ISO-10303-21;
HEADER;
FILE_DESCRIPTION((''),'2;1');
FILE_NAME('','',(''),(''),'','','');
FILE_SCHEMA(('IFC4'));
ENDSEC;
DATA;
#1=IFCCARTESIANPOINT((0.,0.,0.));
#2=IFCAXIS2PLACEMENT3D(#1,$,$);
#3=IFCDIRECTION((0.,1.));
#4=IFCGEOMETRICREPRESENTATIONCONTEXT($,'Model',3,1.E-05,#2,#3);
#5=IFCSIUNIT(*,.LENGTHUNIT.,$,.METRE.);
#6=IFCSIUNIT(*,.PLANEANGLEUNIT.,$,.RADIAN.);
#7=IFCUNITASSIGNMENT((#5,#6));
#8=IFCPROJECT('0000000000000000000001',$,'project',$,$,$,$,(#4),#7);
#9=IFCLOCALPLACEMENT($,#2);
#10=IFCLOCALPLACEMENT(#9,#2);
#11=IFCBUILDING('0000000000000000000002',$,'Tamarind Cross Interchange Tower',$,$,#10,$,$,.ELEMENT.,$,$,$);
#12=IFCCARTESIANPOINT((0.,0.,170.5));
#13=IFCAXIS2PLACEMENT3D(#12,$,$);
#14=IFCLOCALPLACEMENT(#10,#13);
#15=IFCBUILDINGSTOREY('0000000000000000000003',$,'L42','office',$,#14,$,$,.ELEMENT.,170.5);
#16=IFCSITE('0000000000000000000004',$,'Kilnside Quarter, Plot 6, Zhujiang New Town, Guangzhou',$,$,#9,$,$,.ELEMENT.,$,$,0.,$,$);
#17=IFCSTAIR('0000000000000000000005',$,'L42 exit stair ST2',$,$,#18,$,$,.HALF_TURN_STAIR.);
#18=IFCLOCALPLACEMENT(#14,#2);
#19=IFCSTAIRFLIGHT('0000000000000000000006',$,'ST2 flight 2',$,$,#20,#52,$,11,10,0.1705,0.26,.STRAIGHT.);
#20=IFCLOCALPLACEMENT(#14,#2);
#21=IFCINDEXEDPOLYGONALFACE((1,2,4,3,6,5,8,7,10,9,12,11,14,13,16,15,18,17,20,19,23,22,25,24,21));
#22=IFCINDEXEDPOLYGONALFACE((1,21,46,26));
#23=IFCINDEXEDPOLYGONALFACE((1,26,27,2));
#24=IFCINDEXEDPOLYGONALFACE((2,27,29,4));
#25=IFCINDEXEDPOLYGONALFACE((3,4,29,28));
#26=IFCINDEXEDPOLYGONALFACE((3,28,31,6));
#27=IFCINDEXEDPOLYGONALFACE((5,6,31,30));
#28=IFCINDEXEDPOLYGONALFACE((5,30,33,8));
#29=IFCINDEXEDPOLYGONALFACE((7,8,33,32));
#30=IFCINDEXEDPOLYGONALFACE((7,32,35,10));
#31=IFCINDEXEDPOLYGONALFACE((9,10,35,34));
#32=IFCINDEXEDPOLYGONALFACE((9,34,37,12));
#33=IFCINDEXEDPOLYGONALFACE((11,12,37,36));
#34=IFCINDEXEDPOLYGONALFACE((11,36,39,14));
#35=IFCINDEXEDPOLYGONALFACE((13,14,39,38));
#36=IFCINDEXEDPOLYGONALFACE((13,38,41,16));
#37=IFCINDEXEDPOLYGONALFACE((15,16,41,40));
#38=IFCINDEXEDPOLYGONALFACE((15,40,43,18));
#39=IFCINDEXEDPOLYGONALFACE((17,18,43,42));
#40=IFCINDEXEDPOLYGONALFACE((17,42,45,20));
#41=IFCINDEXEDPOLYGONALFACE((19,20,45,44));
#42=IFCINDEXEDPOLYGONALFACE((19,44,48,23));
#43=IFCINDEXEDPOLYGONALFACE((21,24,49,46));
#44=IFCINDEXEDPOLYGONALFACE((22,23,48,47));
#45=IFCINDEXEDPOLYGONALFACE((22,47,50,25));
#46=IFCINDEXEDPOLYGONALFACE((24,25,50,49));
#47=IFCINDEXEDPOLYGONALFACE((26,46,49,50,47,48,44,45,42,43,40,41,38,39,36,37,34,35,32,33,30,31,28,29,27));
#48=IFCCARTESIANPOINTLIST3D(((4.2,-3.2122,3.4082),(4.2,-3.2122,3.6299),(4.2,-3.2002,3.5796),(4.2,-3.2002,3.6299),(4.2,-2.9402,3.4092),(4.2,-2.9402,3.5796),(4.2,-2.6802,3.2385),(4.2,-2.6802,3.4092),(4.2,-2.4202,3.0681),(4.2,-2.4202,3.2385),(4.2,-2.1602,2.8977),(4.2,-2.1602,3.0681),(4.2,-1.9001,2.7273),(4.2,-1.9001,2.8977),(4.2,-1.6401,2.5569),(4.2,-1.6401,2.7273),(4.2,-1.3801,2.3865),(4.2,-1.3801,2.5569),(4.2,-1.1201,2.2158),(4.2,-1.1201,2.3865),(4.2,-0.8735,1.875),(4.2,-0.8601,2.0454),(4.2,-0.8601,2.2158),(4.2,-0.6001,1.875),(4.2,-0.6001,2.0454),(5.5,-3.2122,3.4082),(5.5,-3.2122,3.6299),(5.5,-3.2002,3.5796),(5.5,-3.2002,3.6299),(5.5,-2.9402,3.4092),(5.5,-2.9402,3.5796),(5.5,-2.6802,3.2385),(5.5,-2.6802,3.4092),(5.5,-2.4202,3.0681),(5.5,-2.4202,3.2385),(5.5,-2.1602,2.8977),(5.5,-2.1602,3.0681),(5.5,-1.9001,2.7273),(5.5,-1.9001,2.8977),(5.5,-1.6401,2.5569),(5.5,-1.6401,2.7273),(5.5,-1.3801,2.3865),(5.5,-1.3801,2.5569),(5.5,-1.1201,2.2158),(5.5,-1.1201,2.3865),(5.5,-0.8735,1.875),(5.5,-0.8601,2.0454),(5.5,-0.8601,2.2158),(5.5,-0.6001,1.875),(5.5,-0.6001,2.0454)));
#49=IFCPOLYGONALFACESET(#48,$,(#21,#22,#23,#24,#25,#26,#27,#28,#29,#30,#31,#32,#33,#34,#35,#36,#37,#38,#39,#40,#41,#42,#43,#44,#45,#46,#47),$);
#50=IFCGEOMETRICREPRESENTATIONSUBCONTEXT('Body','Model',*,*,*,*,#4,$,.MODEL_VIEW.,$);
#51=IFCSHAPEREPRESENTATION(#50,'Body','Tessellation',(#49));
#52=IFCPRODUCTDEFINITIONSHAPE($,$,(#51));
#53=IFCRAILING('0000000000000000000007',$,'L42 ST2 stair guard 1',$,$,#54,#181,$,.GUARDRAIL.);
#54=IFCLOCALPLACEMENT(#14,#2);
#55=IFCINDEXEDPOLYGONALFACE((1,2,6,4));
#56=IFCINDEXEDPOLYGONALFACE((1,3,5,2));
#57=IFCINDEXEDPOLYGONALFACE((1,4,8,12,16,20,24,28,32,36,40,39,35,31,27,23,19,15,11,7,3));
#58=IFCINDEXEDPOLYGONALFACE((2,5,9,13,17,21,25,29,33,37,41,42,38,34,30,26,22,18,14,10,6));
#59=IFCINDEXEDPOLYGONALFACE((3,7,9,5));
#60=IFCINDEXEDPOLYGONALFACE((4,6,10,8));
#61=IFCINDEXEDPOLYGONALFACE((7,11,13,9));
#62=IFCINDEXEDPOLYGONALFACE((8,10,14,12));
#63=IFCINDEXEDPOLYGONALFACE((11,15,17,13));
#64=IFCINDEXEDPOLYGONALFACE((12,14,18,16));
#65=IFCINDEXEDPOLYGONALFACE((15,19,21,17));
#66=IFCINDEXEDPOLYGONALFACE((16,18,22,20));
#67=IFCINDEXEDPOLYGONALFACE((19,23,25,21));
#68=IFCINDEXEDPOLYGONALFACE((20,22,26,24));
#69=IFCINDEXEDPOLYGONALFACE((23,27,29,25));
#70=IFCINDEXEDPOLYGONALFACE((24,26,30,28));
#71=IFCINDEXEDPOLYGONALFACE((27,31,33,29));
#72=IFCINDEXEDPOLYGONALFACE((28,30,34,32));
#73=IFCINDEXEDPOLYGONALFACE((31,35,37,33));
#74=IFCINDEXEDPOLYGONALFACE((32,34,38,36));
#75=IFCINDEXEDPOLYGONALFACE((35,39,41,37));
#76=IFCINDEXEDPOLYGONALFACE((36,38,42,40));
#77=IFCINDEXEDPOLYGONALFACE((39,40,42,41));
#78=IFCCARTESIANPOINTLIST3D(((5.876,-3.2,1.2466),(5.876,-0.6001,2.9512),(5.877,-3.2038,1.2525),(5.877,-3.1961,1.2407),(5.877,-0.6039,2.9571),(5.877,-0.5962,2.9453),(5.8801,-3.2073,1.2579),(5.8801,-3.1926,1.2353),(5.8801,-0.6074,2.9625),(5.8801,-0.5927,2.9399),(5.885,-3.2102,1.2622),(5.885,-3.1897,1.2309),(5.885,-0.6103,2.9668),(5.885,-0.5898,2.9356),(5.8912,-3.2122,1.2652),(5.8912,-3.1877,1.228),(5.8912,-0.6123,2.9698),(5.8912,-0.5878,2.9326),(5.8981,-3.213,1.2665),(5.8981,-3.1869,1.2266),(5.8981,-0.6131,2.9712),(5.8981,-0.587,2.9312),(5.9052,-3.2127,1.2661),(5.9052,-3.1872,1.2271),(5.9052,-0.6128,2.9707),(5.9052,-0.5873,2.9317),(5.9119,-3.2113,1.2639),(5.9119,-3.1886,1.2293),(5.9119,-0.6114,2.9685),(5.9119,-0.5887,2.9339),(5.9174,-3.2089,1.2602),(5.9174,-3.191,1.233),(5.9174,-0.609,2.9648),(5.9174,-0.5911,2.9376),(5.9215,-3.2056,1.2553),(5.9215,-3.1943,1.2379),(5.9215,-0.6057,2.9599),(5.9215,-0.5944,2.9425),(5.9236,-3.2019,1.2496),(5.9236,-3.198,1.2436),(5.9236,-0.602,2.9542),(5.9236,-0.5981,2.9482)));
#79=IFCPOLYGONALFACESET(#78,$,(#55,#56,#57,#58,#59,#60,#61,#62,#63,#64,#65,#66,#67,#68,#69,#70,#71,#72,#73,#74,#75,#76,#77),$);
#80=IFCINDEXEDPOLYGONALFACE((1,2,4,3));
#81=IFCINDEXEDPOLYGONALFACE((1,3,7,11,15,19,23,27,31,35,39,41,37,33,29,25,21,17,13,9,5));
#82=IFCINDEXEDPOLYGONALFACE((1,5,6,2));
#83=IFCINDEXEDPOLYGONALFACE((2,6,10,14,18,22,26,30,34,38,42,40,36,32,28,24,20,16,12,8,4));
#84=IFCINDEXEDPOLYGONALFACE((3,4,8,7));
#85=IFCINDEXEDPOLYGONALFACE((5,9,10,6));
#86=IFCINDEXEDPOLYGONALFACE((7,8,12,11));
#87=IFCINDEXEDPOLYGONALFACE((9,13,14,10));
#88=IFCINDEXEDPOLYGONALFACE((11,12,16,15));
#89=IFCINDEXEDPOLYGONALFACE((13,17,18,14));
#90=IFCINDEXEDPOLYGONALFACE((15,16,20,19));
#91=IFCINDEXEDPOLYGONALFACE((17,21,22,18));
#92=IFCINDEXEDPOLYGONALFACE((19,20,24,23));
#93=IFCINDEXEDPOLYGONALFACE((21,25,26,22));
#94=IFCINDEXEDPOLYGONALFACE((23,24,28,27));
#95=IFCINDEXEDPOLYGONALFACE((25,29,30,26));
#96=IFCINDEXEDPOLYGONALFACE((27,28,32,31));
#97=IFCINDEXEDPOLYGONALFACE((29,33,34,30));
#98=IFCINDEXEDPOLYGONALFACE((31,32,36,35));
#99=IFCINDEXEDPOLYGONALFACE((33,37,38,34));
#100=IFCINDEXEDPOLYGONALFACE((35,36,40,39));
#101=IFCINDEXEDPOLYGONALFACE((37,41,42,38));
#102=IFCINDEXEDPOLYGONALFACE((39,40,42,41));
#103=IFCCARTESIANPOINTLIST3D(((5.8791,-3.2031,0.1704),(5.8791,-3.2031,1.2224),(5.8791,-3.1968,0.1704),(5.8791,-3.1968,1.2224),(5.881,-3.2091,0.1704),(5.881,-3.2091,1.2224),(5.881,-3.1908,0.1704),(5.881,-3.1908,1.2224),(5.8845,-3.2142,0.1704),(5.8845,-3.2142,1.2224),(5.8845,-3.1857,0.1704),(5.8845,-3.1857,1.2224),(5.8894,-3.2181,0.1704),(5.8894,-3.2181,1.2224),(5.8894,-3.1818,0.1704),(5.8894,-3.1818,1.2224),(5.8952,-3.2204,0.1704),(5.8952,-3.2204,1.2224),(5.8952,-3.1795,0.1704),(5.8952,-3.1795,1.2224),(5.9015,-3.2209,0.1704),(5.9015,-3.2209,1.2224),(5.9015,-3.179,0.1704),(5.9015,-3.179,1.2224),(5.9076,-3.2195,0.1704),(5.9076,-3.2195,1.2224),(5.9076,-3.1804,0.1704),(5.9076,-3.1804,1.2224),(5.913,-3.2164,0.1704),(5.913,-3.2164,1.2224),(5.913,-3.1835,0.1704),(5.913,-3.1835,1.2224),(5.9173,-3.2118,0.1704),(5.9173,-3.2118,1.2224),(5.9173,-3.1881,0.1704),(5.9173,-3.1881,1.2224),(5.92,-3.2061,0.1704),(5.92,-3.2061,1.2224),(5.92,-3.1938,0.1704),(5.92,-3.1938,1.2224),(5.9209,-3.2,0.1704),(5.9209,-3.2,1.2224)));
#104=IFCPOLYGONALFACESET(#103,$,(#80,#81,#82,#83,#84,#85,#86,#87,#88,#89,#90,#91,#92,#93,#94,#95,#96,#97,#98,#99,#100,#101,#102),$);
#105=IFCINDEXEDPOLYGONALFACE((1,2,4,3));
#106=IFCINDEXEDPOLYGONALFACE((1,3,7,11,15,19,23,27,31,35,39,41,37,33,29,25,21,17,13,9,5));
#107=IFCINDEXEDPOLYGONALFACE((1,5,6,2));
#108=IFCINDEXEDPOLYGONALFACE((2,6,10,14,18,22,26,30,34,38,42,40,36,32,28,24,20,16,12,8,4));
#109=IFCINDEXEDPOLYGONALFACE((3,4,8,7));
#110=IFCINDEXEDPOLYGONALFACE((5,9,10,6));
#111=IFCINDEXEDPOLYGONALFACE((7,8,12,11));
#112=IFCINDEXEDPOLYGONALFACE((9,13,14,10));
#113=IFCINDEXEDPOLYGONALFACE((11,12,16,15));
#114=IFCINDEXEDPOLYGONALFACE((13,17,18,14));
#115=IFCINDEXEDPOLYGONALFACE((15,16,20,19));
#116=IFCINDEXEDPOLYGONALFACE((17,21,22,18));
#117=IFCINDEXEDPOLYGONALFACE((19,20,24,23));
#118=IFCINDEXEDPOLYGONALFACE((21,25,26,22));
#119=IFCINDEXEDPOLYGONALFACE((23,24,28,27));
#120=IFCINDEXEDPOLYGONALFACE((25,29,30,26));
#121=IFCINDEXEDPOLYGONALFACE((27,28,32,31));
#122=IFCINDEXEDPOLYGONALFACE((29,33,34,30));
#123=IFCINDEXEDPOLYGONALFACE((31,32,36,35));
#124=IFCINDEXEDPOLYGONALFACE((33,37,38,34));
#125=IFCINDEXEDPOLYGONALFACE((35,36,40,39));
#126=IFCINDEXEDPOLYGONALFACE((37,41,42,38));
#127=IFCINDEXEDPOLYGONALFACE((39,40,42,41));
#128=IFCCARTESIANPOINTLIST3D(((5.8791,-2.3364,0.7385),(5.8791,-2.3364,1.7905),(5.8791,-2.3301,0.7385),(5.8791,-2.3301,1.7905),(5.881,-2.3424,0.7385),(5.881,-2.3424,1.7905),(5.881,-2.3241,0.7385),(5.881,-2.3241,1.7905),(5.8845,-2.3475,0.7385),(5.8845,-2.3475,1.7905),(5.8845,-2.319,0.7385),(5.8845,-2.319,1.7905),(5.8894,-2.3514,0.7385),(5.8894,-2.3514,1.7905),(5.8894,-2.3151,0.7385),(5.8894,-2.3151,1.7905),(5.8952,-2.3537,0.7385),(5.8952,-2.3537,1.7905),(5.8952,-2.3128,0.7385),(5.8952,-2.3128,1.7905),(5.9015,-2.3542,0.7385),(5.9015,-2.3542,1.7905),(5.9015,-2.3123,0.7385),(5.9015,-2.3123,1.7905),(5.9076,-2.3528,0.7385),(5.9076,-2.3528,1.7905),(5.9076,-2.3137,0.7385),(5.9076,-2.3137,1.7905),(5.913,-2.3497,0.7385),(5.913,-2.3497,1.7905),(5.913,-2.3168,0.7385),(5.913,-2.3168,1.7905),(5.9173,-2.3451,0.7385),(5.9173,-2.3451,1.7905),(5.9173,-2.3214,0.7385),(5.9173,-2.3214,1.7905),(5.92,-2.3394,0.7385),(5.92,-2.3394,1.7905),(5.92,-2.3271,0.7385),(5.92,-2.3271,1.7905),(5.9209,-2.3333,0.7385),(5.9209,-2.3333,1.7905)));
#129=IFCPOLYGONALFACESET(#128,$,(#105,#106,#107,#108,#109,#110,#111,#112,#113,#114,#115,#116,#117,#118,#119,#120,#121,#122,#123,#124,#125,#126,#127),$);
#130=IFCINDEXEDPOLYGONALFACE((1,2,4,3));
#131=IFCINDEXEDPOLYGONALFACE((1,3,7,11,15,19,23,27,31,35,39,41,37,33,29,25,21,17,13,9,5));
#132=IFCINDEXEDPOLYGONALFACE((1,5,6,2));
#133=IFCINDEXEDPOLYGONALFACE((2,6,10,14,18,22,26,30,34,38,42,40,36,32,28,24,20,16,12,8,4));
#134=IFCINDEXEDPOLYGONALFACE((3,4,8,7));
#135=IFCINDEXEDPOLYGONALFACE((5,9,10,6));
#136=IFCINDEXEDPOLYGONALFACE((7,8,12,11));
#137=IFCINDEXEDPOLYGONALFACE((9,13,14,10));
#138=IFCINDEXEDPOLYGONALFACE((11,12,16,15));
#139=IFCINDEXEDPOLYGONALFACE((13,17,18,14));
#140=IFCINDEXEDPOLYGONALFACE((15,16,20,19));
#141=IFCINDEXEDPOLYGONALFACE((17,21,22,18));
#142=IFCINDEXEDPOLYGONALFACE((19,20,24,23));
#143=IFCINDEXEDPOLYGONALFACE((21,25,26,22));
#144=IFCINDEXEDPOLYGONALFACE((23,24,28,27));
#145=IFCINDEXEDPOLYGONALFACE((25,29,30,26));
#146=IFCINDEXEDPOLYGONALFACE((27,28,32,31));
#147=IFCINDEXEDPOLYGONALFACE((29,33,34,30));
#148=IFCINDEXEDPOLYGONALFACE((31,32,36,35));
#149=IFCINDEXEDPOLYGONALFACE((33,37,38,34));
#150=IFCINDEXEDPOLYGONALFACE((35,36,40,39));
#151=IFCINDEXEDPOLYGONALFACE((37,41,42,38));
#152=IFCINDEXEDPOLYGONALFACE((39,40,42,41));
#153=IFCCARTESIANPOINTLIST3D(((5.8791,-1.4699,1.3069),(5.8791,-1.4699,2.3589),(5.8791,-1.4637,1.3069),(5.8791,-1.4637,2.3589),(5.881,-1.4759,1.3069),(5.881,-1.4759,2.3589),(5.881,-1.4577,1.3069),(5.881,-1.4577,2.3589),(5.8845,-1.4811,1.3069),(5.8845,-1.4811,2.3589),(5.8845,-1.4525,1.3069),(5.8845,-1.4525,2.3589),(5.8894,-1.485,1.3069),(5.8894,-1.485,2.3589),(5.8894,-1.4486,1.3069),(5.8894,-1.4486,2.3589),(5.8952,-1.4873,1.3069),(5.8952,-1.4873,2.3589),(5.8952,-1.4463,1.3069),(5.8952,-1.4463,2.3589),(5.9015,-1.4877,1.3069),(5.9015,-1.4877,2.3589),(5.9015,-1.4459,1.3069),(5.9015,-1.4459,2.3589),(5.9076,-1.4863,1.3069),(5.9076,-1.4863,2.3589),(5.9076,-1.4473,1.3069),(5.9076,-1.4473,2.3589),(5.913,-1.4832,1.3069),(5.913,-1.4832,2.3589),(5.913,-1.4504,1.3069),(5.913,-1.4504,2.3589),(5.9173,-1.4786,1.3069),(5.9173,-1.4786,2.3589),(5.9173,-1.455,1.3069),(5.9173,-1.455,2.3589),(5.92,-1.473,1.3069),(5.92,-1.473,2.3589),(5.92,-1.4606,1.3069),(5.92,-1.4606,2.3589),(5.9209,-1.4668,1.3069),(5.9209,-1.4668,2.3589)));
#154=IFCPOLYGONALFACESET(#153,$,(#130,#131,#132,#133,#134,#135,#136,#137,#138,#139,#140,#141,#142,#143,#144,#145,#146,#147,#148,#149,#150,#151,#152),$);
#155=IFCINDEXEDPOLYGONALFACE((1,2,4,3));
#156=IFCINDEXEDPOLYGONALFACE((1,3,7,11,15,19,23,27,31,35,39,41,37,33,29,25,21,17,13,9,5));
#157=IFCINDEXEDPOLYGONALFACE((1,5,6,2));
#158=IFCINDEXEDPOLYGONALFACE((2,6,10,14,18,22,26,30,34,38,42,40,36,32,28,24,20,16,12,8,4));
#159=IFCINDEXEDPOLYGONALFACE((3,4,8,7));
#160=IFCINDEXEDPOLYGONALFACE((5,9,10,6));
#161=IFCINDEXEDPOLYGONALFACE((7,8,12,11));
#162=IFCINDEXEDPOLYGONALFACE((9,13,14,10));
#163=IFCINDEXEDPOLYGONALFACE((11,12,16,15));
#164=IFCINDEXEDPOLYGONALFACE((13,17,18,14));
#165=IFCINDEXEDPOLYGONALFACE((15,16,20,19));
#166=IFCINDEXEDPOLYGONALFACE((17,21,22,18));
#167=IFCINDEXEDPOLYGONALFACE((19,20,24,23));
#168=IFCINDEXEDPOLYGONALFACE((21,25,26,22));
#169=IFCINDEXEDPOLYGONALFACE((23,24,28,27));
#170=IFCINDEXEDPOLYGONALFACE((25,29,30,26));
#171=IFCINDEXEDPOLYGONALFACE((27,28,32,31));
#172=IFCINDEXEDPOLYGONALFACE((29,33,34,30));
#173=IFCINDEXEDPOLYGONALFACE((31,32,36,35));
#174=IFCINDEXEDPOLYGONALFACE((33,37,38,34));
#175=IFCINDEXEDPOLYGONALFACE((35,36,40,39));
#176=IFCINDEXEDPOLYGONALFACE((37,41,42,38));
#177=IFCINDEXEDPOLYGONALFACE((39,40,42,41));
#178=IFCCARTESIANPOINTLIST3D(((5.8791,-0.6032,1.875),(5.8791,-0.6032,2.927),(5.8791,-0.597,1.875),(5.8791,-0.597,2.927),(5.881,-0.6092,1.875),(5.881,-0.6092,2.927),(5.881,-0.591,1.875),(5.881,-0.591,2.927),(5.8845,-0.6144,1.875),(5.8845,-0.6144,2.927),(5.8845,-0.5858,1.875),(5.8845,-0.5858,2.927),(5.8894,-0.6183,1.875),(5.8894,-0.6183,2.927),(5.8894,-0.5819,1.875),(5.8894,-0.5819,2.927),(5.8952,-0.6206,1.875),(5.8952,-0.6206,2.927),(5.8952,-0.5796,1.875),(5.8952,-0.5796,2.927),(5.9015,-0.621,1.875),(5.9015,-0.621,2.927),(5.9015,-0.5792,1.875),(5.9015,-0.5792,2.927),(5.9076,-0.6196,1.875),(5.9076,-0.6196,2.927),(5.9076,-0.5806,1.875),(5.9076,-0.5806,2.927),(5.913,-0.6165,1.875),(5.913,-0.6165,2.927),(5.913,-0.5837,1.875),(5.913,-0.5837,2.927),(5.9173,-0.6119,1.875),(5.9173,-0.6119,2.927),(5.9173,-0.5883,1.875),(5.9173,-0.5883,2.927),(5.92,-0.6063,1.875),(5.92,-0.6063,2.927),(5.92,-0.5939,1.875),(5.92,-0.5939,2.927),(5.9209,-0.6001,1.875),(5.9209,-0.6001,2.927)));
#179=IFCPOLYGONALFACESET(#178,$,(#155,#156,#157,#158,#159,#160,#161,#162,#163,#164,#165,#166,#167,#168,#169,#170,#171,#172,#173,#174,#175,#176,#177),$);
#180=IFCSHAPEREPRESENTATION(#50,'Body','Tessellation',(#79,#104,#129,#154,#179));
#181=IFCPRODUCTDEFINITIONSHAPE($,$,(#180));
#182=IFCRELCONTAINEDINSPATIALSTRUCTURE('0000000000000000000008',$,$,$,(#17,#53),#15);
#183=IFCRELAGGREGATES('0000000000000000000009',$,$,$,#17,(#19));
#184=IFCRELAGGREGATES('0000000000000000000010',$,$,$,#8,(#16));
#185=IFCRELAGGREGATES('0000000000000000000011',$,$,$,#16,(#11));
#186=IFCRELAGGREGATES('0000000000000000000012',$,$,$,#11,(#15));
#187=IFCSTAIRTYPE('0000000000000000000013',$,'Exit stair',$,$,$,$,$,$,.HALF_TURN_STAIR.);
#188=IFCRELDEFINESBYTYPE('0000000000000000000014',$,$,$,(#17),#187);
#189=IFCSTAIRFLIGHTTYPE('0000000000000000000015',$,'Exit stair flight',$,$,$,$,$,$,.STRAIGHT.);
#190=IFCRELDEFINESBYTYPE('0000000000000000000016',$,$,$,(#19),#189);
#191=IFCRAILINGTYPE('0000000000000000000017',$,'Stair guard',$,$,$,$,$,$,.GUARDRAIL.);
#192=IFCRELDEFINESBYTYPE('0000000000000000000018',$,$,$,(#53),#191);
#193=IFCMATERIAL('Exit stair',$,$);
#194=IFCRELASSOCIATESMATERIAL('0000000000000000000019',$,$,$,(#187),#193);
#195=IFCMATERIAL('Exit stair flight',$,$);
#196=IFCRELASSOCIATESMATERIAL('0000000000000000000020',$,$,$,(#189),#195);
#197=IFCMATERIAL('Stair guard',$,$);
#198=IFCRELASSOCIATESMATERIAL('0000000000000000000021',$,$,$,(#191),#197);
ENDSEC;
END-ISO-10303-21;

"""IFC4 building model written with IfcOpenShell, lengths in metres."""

from ifc_helpers import new_model, si_unit, direction, frame, origin, origin_2d, place, context, subcontext, project, spatial, polyline, circle, outline, extrude, material, type_object, element, aggregate, save


model = new_model("IFC4")

# Units and contexts
model_context = context("Model", 3, precision=1e-05, world=origin(), true_north=direction((0.0, 1.0)))
body_context = subcontext(model_context, "Body", "Model", "MODEL_VIEW")
ifc_project = project(units=[si_unit("LENGTHUNIT", "METRE"), si_unit("PLANEANGLEUNIT", "RADIAN")], contexts=[model_context])

# Site, building, storey
site_placement = place(None, origin())
site = spatial("IfcSite", under=ifc_project, at=site_placement, Name="Kilnside Quarter, Plot 6, Zhujiang New Town, Guangzhou", CompositionType="ELEMENT", RefElevation=0.0)
building_placement = place(site_placement, origin())
building = spatial("IfcBuilding", under=site, at=building_placement, Name="Tamarind Cross Interchange Tower", CompositionType="ELEMENT")
storey_placement = place(building_placement, frame((0.0, 0.0, 170.5)))
storey = spatial("IfcBuildingStorey", under=building, at=storey_placement, Name="L42", Description="office", CompositionType="ELEMENT", Elevation=170.5)

# Stair, stair flight
ifc_material_1 = material(Name="Exit stair")
stair_type = type_object("IfcStairType", Name="Exit stair", PredefinedType="HALF_TURN_STAIR", material=ifc_material_1)
stair_placement = place(storey_placement, origin())
stair = element("IfcStair", 1, at=stair_placement, inside=storey, type_object=stair_type, Name="L42 exit stair ST2", PredefinedType="HALF_TURN_STAIR")
ifc_material_2 = material(Name="Exit stair flight")
stair_flight_type = type_object("IfcStairFlightType", Name="Exit stair flight", PredefinedType="STRAIGHT", material=ifc_material_2)
stair_flight_1_placement = place(storey_placement, frame((4.8501, -0.6001, 1.875), z_axis=(0.0, 0.0, 1.0), x_axis=(0.0, -1.0, 0.0)))
stair_flight_1 = element("IfcStairFlight", 2, at=stair_flight_1_placement, type_object=stair_flight_type, Name="ST2 flight 2", NumberOfRisers=11, NumberOfTreads=10, PredefinedType="STRAIGHT", RiserHeight=0.1705, TreadLength=0.26, context=body_context, shape_type="SweptSolid", body=[
    extrude(outline(polyline([(0.0, 0.0), (0.0, 0.1704), (0.26, 0.1704), (0.26, 0.3408), (0.52, 0.3408), (0.52, 0.5115), (0.78, 0.5115), (0.78, 0.6819), (1.04, 0.6819), (1.04, 0.8523), (1.3, 0.8523), (1.3, 1.0227), (1.5601, 1.0227), (1.5601, 1.1931), (1.8201, 1.1931), (1.8201, 1.3635), (2.0801, 1.3635), (2.0801, 1.5342), (2.3401, 1.5342), (2.3401, 1.7046), (2.6001, 1.7046), (2.6001, 1.7549), (2.6121, 1.7549), (2.6121, 1.5332), (0.2734, 0.0), (0.0, 0.0)])), frame((0.0, 0.6499, 0.0), z_axis=(0.0, -1.0, 0.0), x_axis=(1.0, 0.0, 0.0)), (0.0, 0.0, 1.0), 1.3),
])
aggregate(stair, [stair_flight_1])

# Railing
ifc_material_3 = material(Name="Stair guard")
railing_type_1 = type_object("IfcRailingType", Name="Stair guard", PredefinedType="GUARDRAIL", material=ifc_material_3)
railing_1_placement = place(storey_placement, frame((5.8999, -3.2, 0.1704)))
element("IfcRailing", 3, at=railing_1_placement, inside=storey, type_object=railing_type_1, Name="L42 ST2 stair guard 1", PredefinedType="GUARDRAIL", context=body_context, shape_type="SweptSolid", body=[
    extrude(circle(Radius=0.0239, at=origin_2d()), frame((0.0, 0.0, 1.0762), z_axis=(0.0, 0.836279, 0.548305), x_axis=(-1.0, 0.0, 0.0)), (0.0, 0.0, 1.0), 3.1089),
    extrude(circle(Radius=0.021, at=origin_2d()), origin(), (0.0, 0.0, 1.0), 1.052),
    extrude(circle(Radius=0.021, at=origin_2d()), frame((0.0, 0.8667, 0.5681)), (0.0, 0.0, 1.0), 1.052),
    extrude(circle(Radius=0.021, at=origin_2d()), frame((0.0, 1.7332, 1.1365)), (0.0, 0.0, 1.0), 1.052),
    extrude(circle(Radius=0.021, at=origin_2d()), frame((0.0, 2.5999, 1.7046)), (0.0, 0.0, 1.0), 1.052),
])

save(model, "model.ifc")
